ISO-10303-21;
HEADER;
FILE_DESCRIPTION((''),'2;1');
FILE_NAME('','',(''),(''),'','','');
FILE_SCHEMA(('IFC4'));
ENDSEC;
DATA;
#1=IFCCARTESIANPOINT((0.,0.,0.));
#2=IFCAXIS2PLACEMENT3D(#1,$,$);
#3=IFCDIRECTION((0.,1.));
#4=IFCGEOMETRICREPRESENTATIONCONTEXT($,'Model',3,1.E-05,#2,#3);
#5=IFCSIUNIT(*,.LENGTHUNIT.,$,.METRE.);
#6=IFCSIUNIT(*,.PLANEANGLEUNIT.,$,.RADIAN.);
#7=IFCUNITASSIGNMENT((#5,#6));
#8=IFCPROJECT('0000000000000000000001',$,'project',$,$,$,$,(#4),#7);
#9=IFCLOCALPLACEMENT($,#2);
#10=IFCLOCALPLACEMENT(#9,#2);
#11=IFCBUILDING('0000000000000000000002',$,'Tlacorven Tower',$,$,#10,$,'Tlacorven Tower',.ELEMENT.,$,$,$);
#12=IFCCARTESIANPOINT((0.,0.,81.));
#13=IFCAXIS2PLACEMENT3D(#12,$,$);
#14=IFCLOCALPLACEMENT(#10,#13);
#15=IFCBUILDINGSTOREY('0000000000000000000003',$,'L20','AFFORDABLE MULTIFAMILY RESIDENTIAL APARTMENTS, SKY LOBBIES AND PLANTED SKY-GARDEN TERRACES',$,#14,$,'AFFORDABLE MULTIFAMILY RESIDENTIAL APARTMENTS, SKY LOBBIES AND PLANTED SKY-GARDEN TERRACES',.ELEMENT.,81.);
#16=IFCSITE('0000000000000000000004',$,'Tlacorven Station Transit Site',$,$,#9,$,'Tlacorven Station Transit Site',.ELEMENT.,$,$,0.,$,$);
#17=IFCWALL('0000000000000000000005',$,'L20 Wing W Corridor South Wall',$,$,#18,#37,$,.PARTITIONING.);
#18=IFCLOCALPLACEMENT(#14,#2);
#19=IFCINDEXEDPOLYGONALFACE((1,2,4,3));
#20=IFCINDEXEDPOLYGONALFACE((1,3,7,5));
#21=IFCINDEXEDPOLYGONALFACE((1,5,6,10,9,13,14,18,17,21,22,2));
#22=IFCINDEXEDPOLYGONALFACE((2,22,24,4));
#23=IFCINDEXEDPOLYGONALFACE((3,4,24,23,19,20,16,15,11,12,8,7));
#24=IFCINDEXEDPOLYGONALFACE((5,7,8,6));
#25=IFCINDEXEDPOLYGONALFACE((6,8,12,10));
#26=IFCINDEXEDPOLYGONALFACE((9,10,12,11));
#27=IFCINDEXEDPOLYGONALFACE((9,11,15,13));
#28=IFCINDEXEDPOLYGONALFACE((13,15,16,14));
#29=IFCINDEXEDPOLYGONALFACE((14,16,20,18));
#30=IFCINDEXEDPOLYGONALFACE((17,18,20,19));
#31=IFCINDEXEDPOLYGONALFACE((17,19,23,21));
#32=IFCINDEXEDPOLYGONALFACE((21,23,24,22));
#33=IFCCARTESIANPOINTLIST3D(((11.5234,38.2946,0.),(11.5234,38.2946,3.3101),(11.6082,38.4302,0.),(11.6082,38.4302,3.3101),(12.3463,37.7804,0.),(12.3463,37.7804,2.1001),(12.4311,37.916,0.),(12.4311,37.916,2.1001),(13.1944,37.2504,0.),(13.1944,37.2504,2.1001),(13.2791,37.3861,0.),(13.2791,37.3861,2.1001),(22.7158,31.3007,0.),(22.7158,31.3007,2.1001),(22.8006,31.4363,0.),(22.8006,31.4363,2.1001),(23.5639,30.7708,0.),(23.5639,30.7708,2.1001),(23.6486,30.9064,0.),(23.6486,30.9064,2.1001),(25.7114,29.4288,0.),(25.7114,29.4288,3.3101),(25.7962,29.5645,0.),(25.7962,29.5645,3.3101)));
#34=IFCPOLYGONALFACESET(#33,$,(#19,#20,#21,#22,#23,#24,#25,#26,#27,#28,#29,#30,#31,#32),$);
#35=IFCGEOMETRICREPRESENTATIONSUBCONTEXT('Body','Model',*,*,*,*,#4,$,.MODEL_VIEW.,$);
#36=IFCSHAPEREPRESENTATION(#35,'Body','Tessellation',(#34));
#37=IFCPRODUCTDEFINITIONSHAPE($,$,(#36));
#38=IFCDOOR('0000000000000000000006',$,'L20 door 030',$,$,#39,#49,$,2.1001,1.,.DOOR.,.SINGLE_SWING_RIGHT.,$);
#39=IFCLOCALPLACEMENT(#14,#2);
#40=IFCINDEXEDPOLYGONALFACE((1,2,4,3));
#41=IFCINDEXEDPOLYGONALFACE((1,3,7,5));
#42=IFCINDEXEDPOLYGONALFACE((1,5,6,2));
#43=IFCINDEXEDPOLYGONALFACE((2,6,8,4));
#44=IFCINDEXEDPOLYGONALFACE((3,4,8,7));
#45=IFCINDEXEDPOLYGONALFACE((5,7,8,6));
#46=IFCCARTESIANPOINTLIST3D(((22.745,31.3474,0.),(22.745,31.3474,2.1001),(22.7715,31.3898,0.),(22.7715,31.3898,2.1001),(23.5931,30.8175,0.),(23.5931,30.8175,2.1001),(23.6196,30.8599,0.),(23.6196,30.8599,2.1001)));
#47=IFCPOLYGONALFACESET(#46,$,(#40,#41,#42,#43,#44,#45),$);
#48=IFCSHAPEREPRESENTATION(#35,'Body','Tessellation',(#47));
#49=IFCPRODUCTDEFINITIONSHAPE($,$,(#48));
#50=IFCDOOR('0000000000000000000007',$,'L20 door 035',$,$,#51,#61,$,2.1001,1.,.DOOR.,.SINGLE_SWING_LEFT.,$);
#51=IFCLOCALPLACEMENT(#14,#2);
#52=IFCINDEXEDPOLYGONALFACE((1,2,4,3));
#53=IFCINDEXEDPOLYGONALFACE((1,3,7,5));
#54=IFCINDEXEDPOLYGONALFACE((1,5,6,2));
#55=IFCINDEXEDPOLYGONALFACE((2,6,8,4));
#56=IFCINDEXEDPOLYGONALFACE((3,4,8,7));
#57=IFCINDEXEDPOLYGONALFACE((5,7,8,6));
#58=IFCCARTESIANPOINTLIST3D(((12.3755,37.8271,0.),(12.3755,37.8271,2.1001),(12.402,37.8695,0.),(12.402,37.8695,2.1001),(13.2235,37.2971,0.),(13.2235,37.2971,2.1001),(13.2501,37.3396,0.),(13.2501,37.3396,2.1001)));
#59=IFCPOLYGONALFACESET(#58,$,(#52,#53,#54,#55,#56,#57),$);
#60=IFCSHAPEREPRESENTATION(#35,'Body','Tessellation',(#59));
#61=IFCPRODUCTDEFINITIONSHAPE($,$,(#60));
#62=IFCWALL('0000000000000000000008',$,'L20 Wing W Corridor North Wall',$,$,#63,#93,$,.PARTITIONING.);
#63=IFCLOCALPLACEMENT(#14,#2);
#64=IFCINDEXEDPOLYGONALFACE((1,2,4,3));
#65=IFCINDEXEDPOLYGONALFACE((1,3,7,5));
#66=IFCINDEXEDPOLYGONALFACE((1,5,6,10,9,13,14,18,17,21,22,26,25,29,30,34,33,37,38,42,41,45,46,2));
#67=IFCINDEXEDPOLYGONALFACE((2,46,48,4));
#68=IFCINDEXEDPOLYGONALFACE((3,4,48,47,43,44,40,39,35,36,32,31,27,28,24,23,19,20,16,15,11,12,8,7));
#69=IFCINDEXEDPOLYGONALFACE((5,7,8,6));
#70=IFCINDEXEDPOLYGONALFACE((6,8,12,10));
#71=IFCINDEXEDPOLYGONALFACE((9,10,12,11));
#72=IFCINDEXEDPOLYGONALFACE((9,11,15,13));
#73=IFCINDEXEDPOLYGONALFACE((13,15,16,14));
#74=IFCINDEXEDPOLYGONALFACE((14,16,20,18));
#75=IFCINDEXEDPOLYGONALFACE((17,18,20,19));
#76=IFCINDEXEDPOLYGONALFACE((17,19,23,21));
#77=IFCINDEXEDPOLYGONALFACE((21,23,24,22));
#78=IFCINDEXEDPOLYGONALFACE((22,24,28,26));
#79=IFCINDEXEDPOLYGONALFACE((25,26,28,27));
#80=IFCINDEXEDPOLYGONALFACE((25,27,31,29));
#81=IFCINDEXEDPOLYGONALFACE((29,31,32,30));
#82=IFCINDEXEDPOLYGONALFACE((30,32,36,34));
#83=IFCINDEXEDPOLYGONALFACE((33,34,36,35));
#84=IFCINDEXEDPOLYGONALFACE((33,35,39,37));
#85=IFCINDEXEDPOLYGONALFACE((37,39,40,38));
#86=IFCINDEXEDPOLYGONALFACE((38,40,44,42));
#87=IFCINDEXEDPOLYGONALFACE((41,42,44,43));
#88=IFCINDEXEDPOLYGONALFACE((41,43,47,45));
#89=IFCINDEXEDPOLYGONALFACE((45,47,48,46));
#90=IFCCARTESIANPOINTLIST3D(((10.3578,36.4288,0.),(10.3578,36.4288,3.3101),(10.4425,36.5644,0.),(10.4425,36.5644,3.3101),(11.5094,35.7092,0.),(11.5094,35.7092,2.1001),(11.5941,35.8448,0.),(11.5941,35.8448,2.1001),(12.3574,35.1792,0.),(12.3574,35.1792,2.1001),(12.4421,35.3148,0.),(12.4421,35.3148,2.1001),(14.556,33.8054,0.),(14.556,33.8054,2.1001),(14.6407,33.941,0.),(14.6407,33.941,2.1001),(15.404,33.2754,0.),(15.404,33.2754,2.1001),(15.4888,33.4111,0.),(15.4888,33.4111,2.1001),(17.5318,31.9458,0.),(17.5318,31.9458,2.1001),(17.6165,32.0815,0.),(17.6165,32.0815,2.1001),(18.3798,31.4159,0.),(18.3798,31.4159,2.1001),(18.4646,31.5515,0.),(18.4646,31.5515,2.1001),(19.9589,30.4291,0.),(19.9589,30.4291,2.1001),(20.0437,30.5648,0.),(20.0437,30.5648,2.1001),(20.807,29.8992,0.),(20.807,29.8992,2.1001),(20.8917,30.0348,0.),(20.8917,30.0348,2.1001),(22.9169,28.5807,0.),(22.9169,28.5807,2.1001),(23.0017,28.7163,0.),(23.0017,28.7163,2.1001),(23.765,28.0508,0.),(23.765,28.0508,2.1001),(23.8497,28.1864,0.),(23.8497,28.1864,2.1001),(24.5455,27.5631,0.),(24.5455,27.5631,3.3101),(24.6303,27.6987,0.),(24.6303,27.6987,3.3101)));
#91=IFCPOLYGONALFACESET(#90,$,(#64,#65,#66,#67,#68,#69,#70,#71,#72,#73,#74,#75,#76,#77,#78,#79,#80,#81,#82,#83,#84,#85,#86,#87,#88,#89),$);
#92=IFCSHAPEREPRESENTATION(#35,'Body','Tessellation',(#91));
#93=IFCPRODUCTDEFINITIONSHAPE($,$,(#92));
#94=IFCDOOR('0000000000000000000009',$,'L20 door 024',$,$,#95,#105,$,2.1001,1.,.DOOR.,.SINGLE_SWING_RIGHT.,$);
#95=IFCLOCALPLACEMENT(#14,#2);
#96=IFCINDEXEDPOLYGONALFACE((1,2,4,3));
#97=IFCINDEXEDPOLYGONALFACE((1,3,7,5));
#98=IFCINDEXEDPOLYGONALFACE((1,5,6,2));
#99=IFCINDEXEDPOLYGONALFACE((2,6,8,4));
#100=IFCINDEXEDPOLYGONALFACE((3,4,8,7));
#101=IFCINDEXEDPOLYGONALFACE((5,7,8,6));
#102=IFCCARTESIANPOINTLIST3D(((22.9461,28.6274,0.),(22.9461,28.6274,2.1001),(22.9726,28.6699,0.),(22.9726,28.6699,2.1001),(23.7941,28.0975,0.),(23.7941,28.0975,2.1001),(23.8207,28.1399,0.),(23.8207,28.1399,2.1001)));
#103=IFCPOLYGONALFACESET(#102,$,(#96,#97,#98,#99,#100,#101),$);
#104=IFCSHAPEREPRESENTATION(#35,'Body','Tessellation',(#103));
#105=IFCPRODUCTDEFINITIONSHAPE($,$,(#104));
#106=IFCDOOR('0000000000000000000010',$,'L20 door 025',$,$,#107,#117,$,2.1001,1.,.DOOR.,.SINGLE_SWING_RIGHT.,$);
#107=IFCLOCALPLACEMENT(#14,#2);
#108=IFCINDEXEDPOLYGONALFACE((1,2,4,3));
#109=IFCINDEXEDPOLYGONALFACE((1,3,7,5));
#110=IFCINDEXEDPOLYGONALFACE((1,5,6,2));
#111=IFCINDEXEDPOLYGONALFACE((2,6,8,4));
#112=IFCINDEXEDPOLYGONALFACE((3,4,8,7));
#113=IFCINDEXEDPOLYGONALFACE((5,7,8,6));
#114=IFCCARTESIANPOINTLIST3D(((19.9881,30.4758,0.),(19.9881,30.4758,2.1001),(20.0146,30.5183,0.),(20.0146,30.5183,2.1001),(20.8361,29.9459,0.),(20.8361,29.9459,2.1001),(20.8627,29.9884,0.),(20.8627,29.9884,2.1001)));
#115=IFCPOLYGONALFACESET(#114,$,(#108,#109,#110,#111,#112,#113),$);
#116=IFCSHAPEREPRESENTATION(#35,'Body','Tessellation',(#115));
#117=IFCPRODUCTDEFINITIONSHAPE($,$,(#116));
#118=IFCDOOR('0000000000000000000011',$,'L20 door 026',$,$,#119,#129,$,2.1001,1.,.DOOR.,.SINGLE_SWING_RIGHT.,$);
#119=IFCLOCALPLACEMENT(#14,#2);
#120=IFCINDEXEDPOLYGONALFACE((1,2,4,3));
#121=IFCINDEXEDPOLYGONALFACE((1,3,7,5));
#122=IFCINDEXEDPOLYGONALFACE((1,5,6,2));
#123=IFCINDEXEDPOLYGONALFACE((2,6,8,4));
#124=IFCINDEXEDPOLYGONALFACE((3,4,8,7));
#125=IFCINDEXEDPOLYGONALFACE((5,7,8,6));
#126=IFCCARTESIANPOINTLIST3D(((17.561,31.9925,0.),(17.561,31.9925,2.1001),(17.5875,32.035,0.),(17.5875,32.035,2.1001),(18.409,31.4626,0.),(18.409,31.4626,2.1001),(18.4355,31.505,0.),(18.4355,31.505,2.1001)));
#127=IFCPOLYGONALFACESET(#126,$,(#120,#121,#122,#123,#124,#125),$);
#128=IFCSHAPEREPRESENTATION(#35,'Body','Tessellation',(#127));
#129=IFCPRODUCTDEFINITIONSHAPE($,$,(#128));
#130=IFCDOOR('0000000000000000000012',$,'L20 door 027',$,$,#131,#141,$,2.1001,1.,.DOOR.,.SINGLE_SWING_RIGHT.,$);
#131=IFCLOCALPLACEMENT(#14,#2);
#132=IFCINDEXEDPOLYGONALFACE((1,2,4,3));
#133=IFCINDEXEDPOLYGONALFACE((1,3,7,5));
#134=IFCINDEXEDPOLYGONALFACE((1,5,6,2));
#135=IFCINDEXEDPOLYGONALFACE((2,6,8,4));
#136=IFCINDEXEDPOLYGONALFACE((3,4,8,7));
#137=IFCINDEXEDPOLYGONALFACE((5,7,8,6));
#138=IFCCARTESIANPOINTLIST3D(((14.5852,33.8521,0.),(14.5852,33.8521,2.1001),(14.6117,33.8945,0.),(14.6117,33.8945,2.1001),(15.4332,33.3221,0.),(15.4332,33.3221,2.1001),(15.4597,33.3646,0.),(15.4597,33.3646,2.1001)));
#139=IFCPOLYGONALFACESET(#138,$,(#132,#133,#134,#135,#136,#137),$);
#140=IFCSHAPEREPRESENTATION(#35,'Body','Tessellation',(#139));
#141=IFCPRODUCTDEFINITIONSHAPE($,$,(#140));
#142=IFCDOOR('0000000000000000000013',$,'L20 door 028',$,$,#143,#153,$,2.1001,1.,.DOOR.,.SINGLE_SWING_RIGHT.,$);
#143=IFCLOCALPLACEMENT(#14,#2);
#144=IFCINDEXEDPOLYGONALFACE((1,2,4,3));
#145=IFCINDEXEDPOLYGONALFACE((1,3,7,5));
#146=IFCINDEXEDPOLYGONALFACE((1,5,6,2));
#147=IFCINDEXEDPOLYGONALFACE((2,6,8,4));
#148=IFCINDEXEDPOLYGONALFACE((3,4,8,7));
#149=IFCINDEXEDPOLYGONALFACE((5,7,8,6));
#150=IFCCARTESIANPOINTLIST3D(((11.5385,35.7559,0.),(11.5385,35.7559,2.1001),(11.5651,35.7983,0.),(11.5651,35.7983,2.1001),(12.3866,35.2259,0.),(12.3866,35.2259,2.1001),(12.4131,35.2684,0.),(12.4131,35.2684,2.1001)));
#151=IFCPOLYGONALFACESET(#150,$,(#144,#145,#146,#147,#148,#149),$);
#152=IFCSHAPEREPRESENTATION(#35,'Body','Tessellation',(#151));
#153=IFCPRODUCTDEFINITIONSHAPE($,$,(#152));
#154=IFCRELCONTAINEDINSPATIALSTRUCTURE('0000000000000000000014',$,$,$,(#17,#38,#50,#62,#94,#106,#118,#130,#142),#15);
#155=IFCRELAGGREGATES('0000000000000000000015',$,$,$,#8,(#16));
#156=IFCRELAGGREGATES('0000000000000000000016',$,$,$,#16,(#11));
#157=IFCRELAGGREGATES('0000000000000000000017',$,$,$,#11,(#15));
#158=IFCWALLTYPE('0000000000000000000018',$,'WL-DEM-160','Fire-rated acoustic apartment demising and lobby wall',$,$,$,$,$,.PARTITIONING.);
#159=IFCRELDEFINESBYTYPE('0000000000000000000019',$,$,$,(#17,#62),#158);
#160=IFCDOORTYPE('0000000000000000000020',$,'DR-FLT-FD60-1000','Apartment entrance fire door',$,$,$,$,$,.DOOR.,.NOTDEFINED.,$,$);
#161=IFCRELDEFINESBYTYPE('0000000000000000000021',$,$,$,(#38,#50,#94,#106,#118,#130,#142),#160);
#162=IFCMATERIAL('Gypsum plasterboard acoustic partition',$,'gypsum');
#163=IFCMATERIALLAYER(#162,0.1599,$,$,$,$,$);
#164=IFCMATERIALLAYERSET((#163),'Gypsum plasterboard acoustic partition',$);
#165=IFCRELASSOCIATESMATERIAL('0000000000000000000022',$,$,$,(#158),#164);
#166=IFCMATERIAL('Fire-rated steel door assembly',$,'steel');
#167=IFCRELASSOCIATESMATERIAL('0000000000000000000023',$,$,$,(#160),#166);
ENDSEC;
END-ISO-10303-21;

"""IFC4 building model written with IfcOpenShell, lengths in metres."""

from ifc_helpers import new_model, si_unit, direction, frame, frame_2d, origin, place, context, subcontext, project, spatial, rectangle, extrude, source, transform, mapped, material, layer, layer_set, type_object, element, fill, save


model = new_model("IFC4")

# Units and contexts
model_context = context("Model", 3, precision=1e-05, world=origin(), true_north=direction((0.0, 1.0)))
body_context = subcontext(model_context, "Body", "Model", "MODEL_VIEW")
ifc_project = project(units=[si_unit("LENGTHUNIT", "METRE"), si_unit("PLANEANGLEUNIT", "RADIAN")], contexts=[model_context])

# Site, building, storey
site_placement = place(None, origin())
site = spatial("IfcSite", under=ifc_project, at=site_placement, Name="Tlacorven Station Transit Site", LongName="Tlacorven Station Transit Site", CompositionType="ELEMENT", RefElevation=0.0)
building_placement = place(site_placement, origin())
building = spatial("IfcBuilding", under=site, at=building_placement, Name="Tlacorven Tower", LongName="Tlacorven Tower", CompositionType="ELEMENT")
storey_placement = place(building_placement, frame((0.0, 0.0, 81.0)))
storey = spatial("IfcBuildingStorey", under=building, at=storey_placement, Name="L20", Description="AFFORDABLE MULTIFAMILY RESIDENTIAL APARTMENTS, SKY LOBBIES AND PLANTED SKY-GARDEN TERRACES", LongName="AFFORDABLE MULTIFAMILY RESIDENTIAL APARTMENTS, SKY LOBBIES AND PLANTED SKY-GARDEN TERRACES", CompositionType="ELEMENT", Elevation=81.0)

# Shared definitions
ifc_material_1 = material(Name="Gypsum plasterboard acoustic partition", Category="gypsum")
ifc_layer_1 = layer(ifc_material_1, 0.1599)
ifc_layer_set_1 = layer_set([ifc_layer_1], Name="Gypsum plasterboard acoustic partition")
wall_type_1 = type_object("IfcWallType", Name="WL-DEM-160", Description="Fire-rated acoustic apartment demising and lobby wall", PredefinedType="PARTITIONING", material=ifc_layer_set_1)
ifc_material_2 = material(Name="Fire-rated steel door assembly", Category="steel")

# Walls, openings, doors
wall_1_placement = place(storey_placement, frame((25.7539, 29.4966, 0.0), z_axis=(0.0, 0.0, 1.0), x_axis=(-0.848046, 0.529923, 0.0)))
wall_1 = element("IfcWall", 1, at=wall_1_placement, inside=storey, type_object=wall_type_1, Name="L20 Wing W Corridor South Wall", PredefinedType="PARTITIONING", context=body_context, shape_type="SweptSolid", body=[
    extrude(rectangle(XDim=16.7302, YDim=0.1599, at=frame_2d((8.3652, 0.0))), origin(), (0.0, 0.0, 1.0), 3.3101),
])
opening_1_placement = place(wall_1_placement, frame((2.5325, 0.0, 0.0)))
opening_1 = element("IfcOpeningElement", 2, at=opening_1_placement, cuts=wall_1, PredefinedType="OPENING", context=body_context, shape_type="SweptSolid", body=[
    extrude(rectangle(XDim=1.0, YDim=2.1001, at=frame_2d((0.5, 1.05))), frame((0.0, 0.0898, 0.0), z_axis=(0.0, -1.0, 0.0), x_axis=(1.0, 0.0, 0.0)), (0.0, 0.0, 1.0), 0.1799),
])
opening_2_placement = place(wall_1_placement, frame((14.76, 0.0, 0.0)))
opening_2 = element("IfcOpeningElement", 3, at=opening_2_placement, cuts=wall_1, PredefinedType="OPENING", context=body_context, shape_type="SweptSolid", body=[
    extrude(rectangle(XDim=1.0, YDim=2.1001, at=frame_2d((0.5, 1.05))), frame((0.0, 0.0898, 0.0), z_axis=(0.0, -1.0, 0.0), x_axis=(1.0, 0.0, 0.0)), (0.0, 0.0, 1.0), 0.1799),
])
door_type_1 = type_object("IfcDoorType", Name="DR-FLT-FD60-1000", Description="Apartment entrance fire door", OperationType="NOTDEFINED", PredefinedType="DOOR", material=ifc_material_2)
shared_shape_1 = source(origin(), body_context, "Body", "SweptSolid", [
    extrude(rectangle(XDim=1.0, YDim=2.1001, at=frame_2d((0.5, 1.05))), frame((0.0, 0.0249, 0.0), z_axis=(0.0, -1.0, 0.0), x_axis=(1.0, 0.0, 0.0)), (0.0, 0.0, 1.0), 0.05),
])
door_1_placement = place(opening_1_placement, origin())
door_1 = element("IfcDoor", 4, at=door_1_placement, inside=storey, type_object=door_type_1, Name="L20 door 030", OperationType="SINGLE_SWING_RIGHT", OverallHeight=2.1001, OverallWidth=1.0, PredefinedType="DOOR", context=body_context, shape_type="MappedRepresentation", body=[
    mapped(shared_shape_1, transform((0.0, 0.0, 0.0), scale=1.0)),
])
fill(opening_1, door_1)
door_2_placement = place(opening_2_placement, origin())
door_2 = element("IfcDoor", 5, at=door_2_placement, inside=storey, type_object=door_type_1, Name="L20 door 035", OperationType="SINGLE_SWING_LEFT", OverallHeight=2.1001, OverallWidth=1.0, PredefinedType="DOOR", context=body_context, shape_type="MappedRepresentation", body=[
    mapped(shared_shape_1, transform((0.0, 0.0, 0.0), scale=1.0)),
])
fill(opening_2, door_2)
wall_2_placement = place(storey_placement, frame((24.5879, 27.6309, 0.0), z_axis=(0.0, 0.0, 1.0), x_axis=(-0.848042, 0.529929, 0.0)))
wall_2 = element("IfcWall", 6, at=wall_2_placement, inside=storey, type_object=wall_type_1, Name="L20 Wing W Corridor North Wall", PredefinedType="PARTITIONING", context=body_context, shape_type="SweptSolid", body=[
    extrude(rectangle(XDim=16.73, YDim=0.1599, at=frame_2d((8.365, 0.0))), origin(), (0.0, 0.0, 1.0), 3.3101),
])
opening_3_placement = place(wall_2_placement, frame((0.9204, 0.0, 0.0)))
opening_3 = element("IfcOpeningElement", 7, at=opening_3_placement, cuts=wall_2, PredefinedType="OPENING", context=body_context, shape_type="SweptSolid", body=[
    extrude(rectangle(XDim=1.0, YDim=2.1001, at=frame_2d((0.5, 1.05))), frame((0.0, 0.0898, 0.0), z_axis=(0.0, -1.0, 0.0), x_axis=(1.0, 0.0, 0.0)), (0.0, 0.0, 1.0), 0.1799),
])
opening_4_placement = place(wall_2_placement, frame((4.4084, 0.0, 0.0)))
opening_4 = element("IfcOpeningElement", 8, at=opening_4_placement, cuts=wall_2, PredefinedType="OPENING", context=body_context, shape_type="SweptSolid", body=[
    extrude(rectangle(XDim=1.0, YDim=2.1001, at=frame_2d((0.5, 1.05))), frame((0.0, 0.0898, 0.0), z_axis=(0.0, -1.0, 0.0), x_axis=(1.0, 0.0, 0.0)), (0.0, 0.0, 1.0), 0.1799),
])
opening_5_placement = place(wall_2_placement, frame((7.2705, 0.0, 0.0)))
opening_5 = element("IfcOpeningElement", 9, at=opening_5_placement, cuts=wall_2, PredefinedType="OPENING", context=body_context, shape_type="SweptSolid", body=[
    extrude(rectangle(XDim=1.0, YDim=2.1001, at=frame_2d((0.5, 1.05))), frame((0.0, 0.0898, 0.0), z_axis=(0.0, -1.0, 0.0), x_axis=(1.0, 0.0, 0.0)), (0.0, 0.0, 1.0), 0.1799),
])
opening_6_placement = place(wall_2_placement, frame((10.7795, 0.0, 0.0)))
opening_6 = element("IfcOpeningElement", 10, at=opening_6_placement, cuts=wall_2, PredefinedType="OPENING", context=body_context, shape_type="SweptSolid", body=[
    extrude(rectangle(XDim=1.0, YDim=2.1001, at=frame_2d((0.5, 1.05))), frame((0.0, 0.0898, 0.0), z_axis=(0.0, -1.0, 0.0), x_axis=(1.0, 0.0, 0.0)), (0.0, 0.0, 1.0), 0.1799),
])
opening_7_placement = place(wall_2_placement, frame((14.3721, 0.0, 0.0)))
opening_7 = element("IfcOpeningElement", 11, at=opening_7_placement, cuts=wall_2, PredefinedType="OPENING", context=body_context, shape_type="SweptSolid", body=[
    extrude(rectangle(XDim=1.0, YDim=2.1001, at=frame_2d((0.5, 1.05))), frame((0.0, 0.0898, 0.0), z_axis=(0.0, -1.0, 0.0), x_axis=(1.0, 0.0, 0.0)), (0.0, 0.0, 1.0), 0.1799),
])
door_3_placement = place(opening_3_placement, origin())
door_3 = element("IfcDoor", 12, at=door_3_placement, inside=storey, type_object=door_type_1, Name="L20 door 024", OperationType="SINGLE_SWING_RIGHT", OverallHeight=2.1001, OverallWidth=1.0, PredefinedType="DOOR", context=body_context, shape_type="MappedRepresentation", body=[
    mapped(shared_shape_1, transform((0.0, 0.0, 0.0), scale=1.0)),
])
fill(opening_3, door_3)
door_4_placement = place(opening_4_placement, origin())
door_4 = element("IfcDoor", 13, at=door_4_placement, inside=storey, type_object=door_type_1, Name="L20 door 025", OperationType="SINGLE_SWING_RIGHT", OverallHeight=2.1001, OverallWidth=1.0, PredefinedType="DOOR", context=body_context, shape_type="MappedRepresentation", body=[
    mapped(shared_shape_1, transform((0.0, 0.0, 0.0), scale=1.0)),
])
fill(opening_4, door_4)
door_5_placement = place(opening_5_placement, origin())
door_5 = element("IfcDoor", 14, at=door_5_placement, inside=storey, type_object=door_type_1, Name="L20 door 026", OperationType="SINGLE_SWING_RIGHT", OverallHeight=2.1001, OverallWidth=1.0, PredefinedType="DOOR", context=body_context, shape_type="MappedRepresentation", body=[
    mapped(shared_shape_1, transform((0.0, 0.0, 0.0), scale=1.0)),
])
fill(opening_5, door_5)
door_6_placement = place(opening_6_placement, origin())
door_6 = element("IfcDoor", 15, at=door_6_placement, inside=storey, type_object=door_type_1, Name="L20 door 027", OperationType="SINGLE_SWING_RIGHT", OverallHeight=2.1001, OverallWidth=1.0, PredefinedType="DOOR", context=body_context, shape_type="MappedRepresentation", body=[
    mapped(shared_shape_1, transform((0.0, 0.0, 0.0), scale=1.0)),
])
fill(opening_6, door_6)
door_7_placement = place(opening_7_placement, origin())
door_7 = element("IfcDoor", 16, at=door_7_placement, inside=storey, type_object=door_type_1, Name="L20 door 028", OperationType="SINGLE_SWING_RIGHT", OverallHeight=2.1001, OverallWidth=1.0, PredefinedType="DOOR", context=body_context, shape_type="MappedRepresentation", body=[
    mapped(shared_shape_1, transform((0.0, 0.0, 0.0), scale=1.0)),
])
fill(opening_7, door_7)

save(model, "model.ifc")
